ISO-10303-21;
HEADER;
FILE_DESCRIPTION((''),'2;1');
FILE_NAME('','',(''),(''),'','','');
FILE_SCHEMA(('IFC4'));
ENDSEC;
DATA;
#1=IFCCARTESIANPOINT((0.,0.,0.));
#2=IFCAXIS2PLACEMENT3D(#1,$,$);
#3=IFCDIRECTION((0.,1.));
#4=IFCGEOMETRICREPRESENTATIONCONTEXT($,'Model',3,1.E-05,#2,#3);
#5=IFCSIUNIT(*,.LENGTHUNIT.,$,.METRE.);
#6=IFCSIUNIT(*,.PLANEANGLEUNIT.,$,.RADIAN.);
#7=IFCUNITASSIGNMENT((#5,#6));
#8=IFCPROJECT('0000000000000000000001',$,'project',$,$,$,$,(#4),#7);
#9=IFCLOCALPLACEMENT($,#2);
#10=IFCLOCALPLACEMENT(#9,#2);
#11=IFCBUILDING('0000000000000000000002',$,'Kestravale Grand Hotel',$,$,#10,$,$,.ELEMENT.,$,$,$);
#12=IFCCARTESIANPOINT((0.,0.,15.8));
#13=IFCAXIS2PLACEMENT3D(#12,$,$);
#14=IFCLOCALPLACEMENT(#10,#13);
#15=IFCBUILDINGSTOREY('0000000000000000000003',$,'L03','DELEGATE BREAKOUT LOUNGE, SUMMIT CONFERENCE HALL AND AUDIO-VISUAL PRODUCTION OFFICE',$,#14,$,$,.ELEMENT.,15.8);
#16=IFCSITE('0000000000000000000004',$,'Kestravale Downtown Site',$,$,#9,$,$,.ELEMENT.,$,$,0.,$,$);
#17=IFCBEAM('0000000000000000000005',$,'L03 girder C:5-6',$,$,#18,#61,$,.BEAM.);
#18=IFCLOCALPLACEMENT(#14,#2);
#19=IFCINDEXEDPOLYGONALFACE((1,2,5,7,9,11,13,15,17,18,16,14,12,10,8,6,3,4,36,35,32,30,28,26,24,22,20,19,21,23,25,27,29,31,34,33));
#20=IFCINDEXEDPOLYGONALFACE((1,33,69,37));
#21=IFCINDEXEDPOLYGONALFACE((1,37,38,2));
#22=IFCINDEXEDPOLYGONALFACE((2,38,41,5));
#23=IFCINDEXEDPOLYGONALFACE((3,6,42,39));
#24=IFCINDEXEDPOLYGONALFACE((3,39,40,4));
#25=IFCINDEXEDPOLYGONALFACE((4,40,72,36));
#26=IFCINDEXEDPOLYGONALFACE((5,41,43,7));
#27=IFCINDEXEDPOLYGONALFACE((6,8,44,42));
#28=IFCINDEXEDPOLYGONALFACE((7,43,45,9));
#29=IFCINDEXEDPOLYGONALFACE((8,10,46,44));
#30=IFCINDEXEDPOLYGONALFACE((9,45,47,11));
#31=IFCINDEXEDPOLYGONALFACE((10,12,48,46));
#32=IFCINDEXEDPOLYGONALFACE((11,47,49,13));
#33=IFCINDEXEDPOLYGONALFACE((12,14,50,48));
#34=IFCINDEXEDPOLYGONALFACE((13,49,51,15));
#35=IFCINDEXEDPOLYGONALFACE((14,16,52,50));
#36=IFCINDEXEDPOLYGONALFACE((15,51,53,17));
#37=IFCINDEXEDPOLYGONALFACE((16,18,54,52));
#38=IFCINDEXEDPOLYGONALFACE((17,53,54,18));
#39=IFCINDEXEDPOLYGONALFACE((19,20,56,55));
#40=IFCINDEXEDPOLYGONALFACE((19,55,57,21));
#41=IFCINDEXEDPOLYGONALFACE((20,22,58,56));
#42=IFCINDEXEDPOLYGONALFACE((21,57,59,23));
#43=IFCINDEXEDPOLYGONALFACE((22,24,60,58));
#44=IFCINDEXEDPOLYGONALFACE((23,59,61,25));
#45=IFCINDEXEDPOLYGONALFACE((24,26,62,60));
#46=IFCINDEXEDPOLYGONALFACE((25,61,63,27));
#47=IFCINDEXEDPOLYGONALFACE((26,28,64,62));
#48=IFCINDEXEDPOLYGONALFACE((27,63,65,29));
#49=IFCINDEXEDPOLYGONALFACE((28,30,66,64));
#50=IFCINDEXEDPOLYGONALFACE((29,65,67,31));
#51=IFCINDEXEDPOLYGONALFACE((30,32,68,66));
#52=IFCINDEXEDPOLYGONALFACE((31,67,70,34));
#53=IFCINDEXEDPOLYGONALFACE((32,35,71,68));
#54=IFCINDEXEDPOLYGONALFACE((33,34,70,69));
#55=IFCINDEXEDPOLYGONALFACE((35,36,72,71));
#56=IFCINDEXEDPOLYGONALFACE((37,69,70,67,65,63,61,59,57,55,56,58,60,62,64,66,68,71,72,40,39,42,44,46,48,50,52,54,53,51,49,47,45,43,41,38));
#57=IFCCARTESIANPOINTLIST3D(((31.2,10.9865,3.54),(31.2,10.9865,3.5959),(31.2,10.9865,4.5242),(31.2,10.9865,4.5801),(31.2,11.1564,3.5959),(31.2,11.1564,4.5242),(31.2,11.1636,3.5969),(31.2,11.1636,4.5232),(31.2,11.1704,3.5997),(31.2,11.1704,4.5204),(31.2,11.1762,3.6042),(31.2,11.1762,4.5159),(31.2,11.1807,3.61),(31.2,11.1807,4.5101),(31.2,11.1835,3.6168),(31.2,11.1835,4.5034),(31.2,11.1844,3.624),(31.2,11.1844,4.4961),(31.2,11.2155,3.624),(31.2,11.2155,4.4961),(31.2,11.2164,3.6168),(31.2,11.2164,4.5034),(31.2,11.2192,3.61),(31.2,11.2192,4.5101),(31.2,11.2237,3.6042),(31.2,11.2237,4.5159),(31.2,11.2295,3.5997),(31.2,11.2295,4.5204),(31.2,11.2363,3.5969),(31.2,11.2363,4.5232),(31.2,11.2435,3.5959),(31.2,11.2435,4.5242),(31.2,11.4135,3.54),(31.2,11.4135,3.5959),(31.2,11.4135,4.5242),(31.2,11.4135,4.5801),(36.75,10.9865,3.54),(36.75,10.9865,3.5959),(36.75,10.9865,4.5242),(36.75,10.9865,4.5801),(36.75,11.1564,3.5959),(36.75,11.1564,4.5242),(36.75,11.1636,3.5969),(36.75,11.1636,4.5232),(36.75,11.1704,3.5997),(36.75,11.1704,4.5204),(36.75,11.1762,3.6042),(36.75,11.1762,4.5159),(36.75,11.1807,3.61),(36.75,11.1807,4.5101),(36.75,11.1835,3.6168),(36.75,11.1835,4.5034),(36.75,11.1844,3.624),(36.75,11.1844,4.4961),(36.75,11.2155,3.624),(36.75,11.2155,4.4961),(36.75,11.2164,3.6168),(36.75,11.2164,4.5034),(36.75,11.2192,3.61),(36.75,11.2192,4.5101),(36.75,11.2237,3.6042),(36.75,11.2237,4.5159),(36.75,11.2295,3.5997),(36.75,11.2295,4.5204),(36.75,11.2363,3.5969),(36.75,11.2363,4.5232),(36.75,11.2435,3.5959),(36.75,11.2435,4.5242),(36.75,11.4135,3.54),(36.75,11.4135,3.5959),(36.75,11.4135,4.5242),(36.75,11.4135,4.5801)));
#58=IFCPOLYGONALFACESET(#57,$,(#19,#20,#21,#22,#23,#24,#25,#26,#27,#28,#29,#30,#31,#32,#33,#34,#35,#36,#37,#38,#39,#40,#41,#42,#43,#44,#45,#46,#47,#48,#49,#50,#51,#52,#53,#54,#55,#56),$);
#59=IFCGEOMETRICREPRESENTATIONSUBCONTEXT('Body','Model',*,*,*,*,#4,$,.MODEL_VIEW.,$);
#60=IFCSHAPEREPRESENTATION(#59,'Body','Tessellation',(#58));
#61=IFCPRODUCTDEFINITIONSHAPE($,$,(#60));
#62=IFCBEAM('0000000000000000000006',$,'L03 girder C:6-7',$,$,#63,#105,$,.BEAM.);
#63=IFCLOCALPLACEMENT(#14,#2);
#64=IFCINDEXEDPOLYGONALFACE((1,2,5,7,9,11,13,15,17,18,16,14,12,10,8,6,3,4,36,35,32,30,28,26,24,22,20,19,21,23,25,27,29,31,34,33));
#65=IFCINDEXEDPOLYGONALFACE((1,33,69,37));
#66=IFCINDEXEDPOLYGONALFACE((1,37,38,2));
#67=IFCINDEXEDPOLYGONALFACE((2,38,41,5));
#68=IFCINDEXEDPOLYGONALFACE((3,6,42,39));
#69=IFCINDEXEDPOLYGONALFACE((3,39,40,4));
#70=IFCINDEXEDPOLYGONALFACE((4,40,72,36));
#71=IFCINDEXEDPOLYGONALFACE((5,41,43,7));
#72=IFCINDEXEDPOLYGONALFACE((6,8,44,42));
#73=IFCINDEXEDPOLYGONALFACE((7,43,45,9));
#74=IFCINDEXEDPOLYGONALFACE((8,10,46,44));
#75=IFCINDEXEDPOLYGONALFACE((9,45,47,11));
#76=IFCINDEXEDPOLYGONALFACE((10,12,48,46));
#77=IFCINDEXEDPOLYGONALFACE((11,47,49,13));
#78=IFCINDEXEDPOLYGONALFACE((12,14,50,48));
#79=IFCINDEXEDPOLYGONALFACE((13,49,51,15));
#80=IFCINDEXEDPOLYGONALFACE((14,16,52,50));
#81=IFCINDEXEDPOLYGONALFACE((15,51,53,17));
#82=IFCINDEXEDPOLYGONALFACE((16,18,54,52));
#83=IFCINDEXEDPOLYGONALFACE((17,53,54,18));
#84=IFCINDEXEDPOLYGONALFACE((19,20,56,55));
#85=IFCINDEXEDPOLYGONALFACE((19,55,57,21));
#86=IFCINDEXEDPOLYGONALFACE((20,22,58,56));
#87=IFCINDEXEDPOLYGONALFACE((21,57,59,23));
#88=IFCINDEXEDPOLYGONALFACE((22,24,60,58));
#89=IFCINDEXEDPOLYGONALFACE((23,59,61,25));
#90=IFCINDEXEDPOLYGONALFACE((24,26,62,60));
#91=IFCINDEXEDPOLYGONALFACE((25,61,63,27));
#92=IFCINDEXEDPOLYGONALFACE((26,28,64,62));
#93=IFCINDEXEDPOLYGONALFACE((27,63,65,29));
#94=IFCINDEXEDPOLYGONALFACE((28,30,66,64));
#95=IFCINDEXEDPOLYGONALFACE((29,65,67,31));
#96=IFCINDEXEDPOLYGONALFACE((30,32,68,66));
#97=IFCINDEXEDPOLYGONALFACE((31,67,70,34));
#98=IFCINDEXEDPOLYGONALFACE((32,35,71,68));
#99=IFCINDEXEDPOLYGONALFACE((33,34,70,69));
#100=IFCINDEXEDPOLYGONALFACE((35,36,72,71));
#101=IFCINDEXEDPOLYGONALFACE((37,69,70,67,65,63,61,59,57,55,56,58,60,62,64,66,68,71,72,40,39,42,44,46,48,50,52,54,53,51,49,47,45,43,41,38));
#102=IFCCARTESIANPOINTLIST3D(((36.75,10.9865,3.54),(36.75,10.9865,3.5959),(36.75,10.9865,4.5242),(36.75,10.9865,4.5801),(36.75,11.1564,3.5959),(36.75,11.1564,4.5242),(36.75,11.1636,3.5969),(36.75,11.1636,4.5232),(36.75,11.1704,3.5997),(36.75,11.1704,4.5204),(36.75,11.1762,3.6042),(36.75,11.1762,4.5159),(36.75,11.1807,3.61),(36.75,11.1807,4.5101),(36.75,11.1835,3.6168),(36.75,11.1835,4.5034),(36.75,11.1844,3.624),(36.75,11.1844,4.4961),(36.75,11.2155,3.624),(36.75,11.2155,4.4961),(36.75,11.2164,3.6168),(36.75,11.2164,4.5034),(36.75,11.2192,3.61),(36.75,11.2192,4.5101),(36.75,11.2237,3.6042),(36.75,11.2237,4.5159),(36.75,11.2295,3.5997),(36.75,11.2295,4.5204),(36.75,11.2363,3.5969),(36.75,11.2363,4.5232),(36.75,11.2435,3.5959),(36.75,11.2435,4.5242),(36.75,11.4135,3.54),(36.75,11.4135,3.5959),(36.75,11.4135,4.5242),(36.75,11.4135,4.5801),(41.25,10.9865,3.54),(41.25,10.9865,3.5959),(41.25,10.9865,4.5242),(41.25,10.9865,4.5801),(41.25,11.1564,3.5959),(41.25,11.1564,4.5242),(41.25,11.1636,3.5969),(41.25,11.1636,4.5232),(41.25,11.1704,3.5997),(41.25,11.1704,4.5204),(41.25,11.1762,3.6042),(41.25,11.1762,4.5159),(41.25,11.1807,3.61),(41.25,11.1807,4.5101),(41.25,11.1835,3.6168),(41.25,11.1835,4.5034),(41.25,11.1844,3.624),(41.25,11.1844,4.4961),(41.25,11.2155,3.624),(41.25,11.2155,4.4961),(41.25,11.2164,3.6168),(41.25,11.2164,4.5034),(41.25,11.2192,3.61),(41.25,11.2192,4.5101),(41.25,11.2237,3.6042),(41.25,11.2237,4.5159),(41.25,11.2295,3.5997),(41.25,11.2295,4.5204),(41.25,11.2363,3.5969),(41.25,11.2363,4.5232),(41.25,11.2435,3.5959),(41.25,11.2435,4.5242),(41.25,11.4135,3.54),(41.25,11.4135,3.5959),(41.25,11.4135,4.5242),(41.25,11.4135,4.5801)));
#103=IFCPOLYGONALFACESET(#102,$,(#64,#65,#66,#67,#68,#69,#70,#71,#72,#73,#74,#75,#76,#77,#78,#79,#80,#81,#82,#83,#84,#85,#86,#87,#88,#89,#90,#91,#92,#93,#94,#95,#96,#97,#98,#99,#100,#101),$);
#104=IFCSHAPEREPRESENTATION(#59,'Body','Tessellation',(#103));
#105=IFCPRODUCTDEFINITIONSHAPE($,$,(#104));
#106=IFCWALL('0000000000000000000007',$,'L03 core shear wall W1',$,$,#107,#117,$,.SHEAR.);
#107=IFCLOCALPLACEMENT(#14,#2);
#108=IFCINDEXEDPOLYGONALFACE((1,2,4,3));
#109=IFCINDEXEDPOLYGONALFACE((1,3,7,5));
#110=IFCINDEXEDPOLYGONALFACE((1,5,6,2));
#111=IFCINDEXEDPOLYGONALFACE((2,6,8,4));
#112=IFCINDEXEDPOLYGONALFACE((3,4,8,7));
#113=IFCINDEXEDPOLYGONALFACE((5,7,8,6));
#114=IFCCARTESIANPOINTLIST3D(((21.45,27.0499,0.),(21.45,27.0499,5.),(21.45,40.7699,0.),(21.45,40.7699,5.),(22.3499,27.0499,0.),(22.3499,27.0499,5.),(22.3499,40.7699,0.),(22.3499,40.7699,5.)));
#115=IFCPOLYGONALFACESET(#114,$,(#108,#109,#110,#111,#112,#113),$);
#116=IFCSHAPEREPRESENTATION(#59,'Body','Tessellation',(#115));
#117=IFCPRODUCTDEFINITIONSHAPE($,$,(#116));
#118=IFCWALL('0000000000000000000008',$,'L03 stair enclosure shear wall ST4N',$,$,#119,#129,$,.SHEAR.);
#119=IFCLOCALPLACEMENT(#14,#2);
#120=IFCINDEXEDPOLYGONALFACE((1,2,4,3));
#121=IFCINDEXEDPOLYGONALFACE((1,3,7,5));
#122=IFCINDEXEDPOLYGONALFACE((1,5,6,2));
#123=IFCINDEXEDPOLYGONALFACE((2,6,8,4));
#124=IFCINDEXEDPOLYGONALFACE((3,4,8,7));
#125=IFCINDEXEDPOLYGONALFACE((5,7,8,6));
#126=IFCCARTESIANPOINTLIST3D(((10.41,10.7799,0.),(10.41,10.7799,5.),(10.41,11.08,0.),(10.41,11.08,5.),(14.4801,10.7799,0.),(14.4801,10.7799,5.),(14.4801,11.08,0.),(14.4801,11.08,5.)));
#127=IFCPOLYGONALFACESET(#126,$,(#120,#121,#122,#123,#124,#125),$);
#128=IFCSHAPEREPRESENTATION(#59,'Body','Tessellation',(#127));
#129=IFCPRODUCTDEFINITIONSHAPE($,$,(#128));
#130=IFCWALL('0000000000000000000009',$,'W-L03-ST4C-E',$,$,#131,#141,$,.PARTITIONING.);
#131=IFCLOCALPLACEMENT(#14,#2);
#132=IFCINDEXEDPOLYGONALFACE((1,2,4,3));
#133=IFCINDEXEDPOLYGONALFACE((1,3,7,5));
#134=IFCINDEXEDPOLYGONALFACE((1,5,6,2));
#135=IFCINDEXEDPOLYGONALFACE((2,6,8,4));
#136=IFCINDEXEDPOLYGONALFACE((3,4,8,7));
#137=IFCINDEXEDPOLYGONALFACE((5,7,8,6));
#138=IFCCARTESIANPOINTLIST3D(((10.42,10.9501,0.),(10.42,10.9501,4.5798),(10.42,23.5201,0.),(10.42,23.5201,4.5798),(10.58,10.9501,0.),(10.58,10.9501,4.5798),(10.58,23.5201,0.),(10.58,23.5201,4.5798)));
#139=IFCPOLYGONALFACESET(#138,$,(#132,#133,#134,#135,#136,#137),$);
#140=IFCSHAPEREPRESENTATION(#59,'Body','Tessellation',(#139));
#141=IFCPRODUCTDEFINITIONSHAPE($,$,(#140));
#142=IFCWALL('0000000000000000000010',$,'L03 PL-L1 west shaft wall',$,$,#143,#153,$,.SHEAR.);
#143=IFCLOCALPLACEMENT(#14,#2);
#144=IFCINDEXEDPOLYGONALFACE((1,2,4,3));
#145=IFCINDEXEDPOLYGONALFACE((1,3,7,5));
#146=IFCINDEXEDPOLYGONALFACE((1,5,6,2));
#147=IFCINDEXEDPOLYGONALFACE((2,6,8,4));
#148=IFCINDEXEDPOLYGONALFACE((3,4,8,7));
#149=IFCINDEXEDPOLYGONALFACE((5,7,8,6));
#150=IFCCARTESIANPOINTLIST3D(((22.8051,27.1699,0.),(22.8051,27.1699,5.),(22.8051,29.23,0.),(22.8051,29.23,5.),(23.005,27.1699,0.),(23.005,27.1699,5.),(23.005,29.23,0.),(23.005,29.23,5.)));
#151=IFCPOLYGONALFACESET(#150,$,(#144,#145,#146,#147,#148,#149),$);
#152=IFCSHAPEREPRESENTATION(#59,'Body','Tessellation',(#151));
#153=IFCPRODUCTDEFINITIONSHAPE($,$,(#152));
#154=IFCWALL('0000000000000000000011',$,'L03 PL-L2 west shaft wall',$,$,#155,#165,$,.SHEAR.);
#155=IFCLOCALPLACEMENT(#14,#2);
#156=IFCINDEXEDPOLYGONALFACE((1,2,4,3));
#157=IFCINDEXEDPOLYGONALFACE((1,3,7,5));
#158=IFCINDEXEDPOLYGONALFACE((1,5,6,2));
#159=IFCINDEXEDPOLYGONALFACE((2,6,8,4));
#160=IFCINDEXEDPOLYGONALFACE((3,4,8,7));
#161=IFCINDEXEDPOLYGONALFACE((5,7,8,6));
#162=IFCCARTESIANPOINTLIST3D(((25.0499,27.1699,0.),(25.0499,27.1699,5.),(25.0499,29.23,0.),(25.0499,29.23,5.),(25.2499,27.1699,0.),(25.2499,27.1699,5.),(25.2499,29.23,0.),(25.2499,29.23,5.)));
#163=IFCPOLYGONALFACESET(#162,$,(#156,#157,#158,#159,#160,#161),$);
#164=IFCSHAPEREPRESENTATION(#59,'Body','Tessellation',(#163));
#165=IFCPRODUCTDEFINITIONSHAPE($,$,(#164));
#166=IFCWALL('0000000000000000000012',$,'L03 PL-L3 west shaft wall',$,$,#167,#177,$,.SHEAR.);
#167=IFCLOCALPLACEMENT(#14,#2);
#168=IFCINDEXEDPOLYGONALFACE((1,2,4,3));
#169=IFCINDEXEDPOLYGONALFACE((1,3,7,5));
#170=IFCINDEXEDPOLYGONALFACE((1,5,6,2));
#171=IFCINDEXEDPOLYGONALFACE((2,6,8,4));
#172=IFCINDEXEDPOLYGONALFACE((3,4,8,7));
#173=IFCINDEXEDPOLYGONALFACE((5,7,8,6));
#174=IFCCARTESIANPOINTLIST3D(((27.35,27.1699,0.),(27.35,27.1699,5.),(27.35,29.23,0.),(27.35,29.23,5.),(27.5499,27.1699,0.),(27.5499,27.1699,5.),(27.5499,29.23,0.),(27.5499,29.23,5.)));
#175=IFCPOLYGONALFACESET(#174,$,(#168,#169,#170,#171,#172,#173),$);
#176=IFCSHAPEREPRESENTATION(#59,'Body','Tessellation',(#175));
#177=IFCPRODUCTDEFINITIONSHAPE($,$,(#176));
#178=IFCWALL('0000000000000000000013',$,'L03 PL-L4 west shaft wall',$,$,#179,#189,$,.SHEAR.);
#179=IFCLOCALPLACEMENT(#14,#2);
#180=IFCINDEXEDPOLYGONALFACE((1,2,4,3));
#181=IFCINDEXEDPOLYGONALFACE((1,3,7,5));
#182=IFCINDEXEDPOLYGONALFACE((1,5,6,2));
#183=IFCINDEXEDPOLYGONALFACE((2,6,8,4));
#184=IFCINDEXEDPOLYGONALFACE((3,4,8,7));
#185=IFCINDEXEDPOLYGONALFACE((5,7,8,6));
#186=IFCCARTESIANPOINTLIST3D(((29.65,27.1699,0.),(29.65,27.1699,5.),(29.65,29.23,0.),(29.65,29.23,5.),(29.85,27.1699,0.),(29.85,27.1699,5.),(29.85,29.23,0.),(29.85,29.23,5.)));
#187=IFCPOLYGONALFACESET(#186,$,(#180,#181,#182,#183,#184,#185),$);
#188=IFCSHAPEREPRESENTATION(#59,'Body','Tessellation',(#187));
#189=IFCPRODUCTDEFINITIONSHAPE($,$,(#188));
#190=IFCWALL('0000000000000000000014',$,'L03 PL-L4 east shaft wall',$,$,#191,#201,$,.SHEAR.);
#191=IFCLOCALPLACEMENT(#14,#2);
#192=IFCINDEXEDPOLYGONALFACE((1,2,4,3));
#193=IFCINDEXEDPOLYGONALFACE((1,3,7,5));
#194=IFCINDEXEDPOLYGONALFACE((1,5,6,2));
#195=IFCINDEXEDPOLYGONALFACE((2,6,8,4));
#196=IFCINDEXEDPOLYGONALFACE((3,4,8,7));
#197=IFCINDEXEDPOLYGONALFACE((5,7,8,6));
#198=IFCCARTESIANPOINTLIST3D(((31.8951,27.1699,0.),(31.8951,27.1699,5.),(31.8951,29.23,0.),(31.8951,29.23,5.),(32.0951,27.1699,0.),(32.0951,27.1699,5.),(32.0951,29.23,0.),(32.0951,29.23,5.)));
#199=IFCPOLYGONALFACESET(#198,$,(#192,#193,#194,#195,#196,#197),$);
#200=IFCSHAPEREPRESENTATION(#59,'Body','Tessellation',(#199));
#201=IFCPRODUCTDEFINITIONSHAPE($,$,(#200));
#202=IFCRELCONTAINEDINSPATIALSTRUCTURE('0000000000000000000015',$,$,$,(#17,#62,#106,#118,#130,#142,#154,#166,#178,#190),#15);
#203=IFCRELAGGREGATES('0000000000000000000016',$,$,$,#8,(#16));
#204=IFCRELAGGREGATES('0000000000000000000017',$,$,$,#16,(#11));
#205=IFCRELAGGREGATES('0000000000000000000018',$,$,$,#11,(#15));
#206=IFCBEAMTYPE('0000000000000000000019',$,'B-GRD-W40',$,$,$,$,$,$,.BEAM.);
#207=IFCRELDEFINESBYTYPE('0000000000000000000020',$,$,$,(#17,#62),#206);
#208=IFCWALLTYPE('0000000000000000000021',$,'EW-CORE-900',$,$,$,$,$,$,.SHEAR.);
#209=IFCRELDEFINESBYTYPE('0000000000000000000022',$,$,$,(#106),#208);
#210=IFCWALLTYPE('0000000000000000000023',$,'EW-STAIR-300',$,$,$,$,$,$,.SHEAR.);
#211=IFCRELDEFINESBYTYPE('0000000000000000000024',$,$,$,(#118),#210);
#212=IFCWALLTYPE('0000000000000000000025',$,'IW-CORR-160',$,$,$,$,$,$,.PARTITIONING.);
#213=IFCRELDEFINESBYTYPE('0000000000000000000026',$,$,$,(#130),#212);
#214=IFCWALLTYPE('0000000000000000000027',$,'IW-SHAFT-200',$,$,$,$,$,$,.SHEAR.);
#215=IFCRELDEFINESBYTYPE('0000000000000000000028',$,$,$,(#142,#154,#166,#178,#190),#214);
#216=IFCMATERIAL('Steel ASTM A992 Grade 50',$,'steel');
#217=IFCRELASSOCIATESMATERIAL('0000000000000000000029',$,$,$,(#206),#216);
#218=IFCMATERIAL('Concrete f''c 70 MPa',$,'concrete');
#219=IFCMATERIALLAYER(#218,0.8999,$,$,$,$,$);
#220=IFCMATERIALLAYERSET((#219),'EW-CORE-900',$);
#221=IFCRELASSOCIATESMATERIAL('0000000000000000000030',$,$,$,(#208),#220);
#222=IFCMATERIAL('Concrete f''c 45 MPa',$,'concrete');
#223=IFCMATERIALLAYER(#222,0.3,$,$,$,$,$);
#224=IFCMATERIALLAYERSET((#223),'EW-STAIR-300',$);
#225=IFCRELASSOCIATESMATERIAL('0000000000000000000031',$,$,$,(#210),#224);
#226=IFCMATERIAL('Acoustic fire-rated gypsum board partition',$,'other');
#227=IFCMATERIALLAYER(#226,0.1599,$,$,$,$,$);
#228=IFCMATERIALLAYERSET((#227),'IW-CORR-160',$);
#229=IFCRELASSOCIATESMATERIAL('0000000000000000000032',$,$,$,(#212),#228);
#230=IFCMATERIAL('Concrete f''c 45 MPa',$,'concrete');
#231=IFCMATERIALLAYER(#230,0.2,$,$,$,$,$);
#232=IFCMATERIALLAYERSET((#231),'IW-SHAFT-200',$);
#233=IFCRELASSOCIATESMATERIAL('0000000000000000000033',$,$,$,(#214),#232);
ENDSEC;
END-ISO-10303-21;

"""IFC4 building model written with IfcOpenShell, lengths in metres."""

from ifc_helpers import new_model, si_unit, direction, frame, frame_2d, origin, origin_2d, place, context, subcontext, project, spatial, rectangle, i_section, extrude, material, layer, layer_set, material_profile, profile_set, type_object, element, save


model = new_model("IFC4")

# Units and contexts
model_context = context("Model", 3, precision=1e-05, world=origin(), true_north=direction((0.0, 1.0)))
body_context = subcontext(model_context, "Body", "Model", "MODEL_VIEW")
ifc_project = project(units=[si_unit("LENGTHUNIT", "METRE"), si_unit("PLANEANGLEUNIT", "RADIAN")], contexts=[model_context])

# Site, building, storey
site_placement = place(None, origin())
site = spatial("IfcSite", under=ifc_project, at=site_placement, Name="Kestravale Downtown Site", CompositionType="ELEMENT", RefElevation=0.0)
building_placement = place(site_placement, origin())
building = spatial("IfcBuilding", under=site, at=building_placement, Name="Kestravale Grand Hotel", CompositionType="ELEMENT")
storey_placement = place(building_placement, frame((0.0, 0.0, 15.8)))
storey = spatial("IfcBuildingStorey", under=building, at=storey_placement, Name="L03", Description="DELEGATE BREAKOUT LOUNGE, SUMMIT CONFERENCE HALL AND AUDIO-VISUAL PRODUCTION OFFICE", CompositionType="ELEMENT", Elevation=15.8)

# Beams
ifc_material_1 = material(Name="Steel ASTM A992 Grade 50", Category="steel")
ifc_material_profile_1 = material_profile(ifc_material_1, i_section(OverallWidth=0.427, OverallDepth=1.04, WebThickness=0.031, FlangeThickness=0.0559, FilletRadius=0.0281, at=origin_2d()))
ifc_profile_set_1 = profile_set([ifc_material_profile_1], Name="Steel ASTM A992 Grade 50")
beam_type = type_object("IfcBeamType", Name="B-GRD-W40", PredefinedType="BEAM", material=ifc_profile_set_1)
beam_1_placement = place(storey_placement, frame((31.2, 11.2, 4.0601), z_axis=(1.0, 0.0, 0.0), x_axis=(0.0, 1.0, 0.0)))
element("IfcBeam", 1, at=beam_1_placement, inside=storey, type_object=beam_type, Name="L03 girder C:5-6", PredefinedType="BEAM", context=body_context, shape_type="SweptSolid", body=[
    extrude(i_section(OverallWidth=0.427, OverallDepth=1.04, WebThickness=0.031, FlangeThickness=0.0559, FilletRadius=0.0281, at=origin_2d()), origin(), (0.0, 0.0, 1.0), 5.55),
])
beam_2_placement = place(storey_placement, frame((36.75, 11.2, 4.0601), z_axis=(1.0, 0.0, 0.0), x_axis=(0.0, 1.0, 0.0)))
element("IfcBeam", 2, at=beam_2_placement, inside=storey, type_object=beam_type, Name="L03 girder C:6-7", PredefinedType="BEAM", context=body_context, shape_type="SweptSolid", body=[
    extrude(i_section(OverallWidth=0.427, OverallDepth=1.04, WebThickness=0.031, FlangeThickness=0.0559, FilletRadius=0.0281, at=origin_2d()), origin(), (0.0, 0.0, 1.0), 4.5),
])

# Walls
ifc_material_2 = material(Name="Concrete f'c 70 MPa", Category="concrete")
ifc_layer_1 = layer(ifc_material_2, 0.8999)
ifc_layer_set_1 = layer_set([ifc_layer_1], Name="EW-CORE-900")
wall_type_1 = type_object("IfcWallType", Name="EW-CORE-900", PredefinedType="SHEAR", material=ifc_layer_set_1)
wall_1_placement = place(storey_placement, frame((21.8999, 27.05, 0.0), z_axis=(0.0, 0.0, 1.0), x_axis=(0.0, 1.0, 0.0)))
element("IfcWall", 3, at=wall_1_placement, inside=storey, type_object=wall_type_1, Name="L03 core shear wall W1", PredefinedType="SHEAR", context=body_context, shape_type="SweptSolid", body=[
    extrude(rectangle(XDim=13.72, YDim=0.8999, at=frame_2d((6.8599, 0.0))), origin(), (0.0, 0.0, 1.0), 5.0),
])
ifc_material_3 = material(Name="Concrete f'c 45 MPa", Category="concrete")
ifc_layer_2 = layer(ifc_material_3, 0.3)
ifc_layer_set_2 = layer_set([ifc_layer_2], Name="EW-STAIR-300")
wall_type_2 = type_object("IfcWallType", Name="EW-STAIR-300", PredefinedType="SHEAR", material=ifc_layer_set_2)
wall_2_placement = place(storey_placement, frame((10.4099, 10.9299, 0.0), z_axis=(0.0, 0.0, 1.0), x_axis=(1.0, 0.0, 0.0)))
element("IfcWall", 4, at=wall_2_placement, inside=storey, type_object=wall_type_2, Name="L03 stair enclosure shear wall ST4N", PredefinedType="SHEAR", context=body_context, shape_type="SweptSolid", body=[
    extrude(rectangle(XDim=4.0701, YDim=0.3, at=frame_2d((2.0352, 0.0))), origin(), (0.0, 0.0, 1.0), 5.0),
])
ifc_material_4 = material(Name="Acoustic fire-rated gypsum board partition", Category="other")
ifc_layer_3 = layer(ifc_material_4, 0.1599)
ifc_layer_set_3 = layer_set([ifc_layer_3], Name="IW-CORR-160")
wall_type_3 = type_object("IfcWallType", Name="IW-CORR-160", PredefinedType="PARTITIONING", material=ifc_layer_set_3)
wall_3_placement = place(storey_placement, frame((10.5, 10.95, 0.0), z_axis=(0.0, 0.0, 1.0), x_axis=(0.0, 1.0, 0.0)))
element("IfcWall", 5, at=wall_3_placement, inside=storey, type_object=wall_type_3, Name="W-L03-ST4C-E", PredefinedType="PARTITIONING", context=body_context, shape_type="SweptSolid", body=[
    extrude(rectangle(XDim=12.5701, YDim=0.1599, at=frame_2d((6.2852, 0.0))), origin(), (0.0, 0.0, 1.0), 4.5798),
])
ifc_material_5 = material(Name="Concrete f'c 45 MPa", Category="concrete")
ifc_layer_4 = layer(ifc_material_5, 0.2)
ifc_layer_set_4 = layer_set([ifc_layer_4], Name="IW-SHAFT-200")
wall_type_4 = type_object("IfcWallType", Name="IW-SHAFT-200", PredefinedType="SHEAR", material=ifc_layer_set_4)
for number, where, z_axis, x_axis, name in (
    (6, (22.905, 27.1699, 0.0), (0.0, 0.0, 1.0), (0.0, 1.0, 0.0), "L03 PL-L1 west shaft wall"),
    (7, (25.1499, 27.1699, 0.0), (0.0, 0.0, 1.0), (0.0, 1.0, 0.0), "L03 PL-L2 west shaft wall"),
    (8, (27.45, 27.1699, 0.0), (0.0, 0.0, 1.0), (0.0, 1.0, 0.0), "L03 PL-L3 west shaft wall"),
    (9, (29.75, 27.1699, 0.0), (0.0, 0.0, 1.0), (0.0, 1.0, 0.0), "L03 PL-L4 west shaft wall"),
    (10, (31.9951, 27.1699, 0.0), (0.0, 0.0, 1.0), (0.0, 1.0, 0.0), "L03 PL-L4 east shaft wall"),
):
    element("IfcWall", number, at=place(storey_placement, frame(where, z_axis=z_axis, x_axis=x_axis)), inside=storey, type_object=wall_type_4, Name=name, PredefinedType="SHEAR", context=body_context, shape_type="SweptSolid", body=[
        extrude(rectangle(XDim=2.0601, YDim=0.2, at=frame_2d((1.03, 0.0))), origin(), (0.0, 0.0, 1.0), 5.0),
    ])

save(model, "model.ifc")
